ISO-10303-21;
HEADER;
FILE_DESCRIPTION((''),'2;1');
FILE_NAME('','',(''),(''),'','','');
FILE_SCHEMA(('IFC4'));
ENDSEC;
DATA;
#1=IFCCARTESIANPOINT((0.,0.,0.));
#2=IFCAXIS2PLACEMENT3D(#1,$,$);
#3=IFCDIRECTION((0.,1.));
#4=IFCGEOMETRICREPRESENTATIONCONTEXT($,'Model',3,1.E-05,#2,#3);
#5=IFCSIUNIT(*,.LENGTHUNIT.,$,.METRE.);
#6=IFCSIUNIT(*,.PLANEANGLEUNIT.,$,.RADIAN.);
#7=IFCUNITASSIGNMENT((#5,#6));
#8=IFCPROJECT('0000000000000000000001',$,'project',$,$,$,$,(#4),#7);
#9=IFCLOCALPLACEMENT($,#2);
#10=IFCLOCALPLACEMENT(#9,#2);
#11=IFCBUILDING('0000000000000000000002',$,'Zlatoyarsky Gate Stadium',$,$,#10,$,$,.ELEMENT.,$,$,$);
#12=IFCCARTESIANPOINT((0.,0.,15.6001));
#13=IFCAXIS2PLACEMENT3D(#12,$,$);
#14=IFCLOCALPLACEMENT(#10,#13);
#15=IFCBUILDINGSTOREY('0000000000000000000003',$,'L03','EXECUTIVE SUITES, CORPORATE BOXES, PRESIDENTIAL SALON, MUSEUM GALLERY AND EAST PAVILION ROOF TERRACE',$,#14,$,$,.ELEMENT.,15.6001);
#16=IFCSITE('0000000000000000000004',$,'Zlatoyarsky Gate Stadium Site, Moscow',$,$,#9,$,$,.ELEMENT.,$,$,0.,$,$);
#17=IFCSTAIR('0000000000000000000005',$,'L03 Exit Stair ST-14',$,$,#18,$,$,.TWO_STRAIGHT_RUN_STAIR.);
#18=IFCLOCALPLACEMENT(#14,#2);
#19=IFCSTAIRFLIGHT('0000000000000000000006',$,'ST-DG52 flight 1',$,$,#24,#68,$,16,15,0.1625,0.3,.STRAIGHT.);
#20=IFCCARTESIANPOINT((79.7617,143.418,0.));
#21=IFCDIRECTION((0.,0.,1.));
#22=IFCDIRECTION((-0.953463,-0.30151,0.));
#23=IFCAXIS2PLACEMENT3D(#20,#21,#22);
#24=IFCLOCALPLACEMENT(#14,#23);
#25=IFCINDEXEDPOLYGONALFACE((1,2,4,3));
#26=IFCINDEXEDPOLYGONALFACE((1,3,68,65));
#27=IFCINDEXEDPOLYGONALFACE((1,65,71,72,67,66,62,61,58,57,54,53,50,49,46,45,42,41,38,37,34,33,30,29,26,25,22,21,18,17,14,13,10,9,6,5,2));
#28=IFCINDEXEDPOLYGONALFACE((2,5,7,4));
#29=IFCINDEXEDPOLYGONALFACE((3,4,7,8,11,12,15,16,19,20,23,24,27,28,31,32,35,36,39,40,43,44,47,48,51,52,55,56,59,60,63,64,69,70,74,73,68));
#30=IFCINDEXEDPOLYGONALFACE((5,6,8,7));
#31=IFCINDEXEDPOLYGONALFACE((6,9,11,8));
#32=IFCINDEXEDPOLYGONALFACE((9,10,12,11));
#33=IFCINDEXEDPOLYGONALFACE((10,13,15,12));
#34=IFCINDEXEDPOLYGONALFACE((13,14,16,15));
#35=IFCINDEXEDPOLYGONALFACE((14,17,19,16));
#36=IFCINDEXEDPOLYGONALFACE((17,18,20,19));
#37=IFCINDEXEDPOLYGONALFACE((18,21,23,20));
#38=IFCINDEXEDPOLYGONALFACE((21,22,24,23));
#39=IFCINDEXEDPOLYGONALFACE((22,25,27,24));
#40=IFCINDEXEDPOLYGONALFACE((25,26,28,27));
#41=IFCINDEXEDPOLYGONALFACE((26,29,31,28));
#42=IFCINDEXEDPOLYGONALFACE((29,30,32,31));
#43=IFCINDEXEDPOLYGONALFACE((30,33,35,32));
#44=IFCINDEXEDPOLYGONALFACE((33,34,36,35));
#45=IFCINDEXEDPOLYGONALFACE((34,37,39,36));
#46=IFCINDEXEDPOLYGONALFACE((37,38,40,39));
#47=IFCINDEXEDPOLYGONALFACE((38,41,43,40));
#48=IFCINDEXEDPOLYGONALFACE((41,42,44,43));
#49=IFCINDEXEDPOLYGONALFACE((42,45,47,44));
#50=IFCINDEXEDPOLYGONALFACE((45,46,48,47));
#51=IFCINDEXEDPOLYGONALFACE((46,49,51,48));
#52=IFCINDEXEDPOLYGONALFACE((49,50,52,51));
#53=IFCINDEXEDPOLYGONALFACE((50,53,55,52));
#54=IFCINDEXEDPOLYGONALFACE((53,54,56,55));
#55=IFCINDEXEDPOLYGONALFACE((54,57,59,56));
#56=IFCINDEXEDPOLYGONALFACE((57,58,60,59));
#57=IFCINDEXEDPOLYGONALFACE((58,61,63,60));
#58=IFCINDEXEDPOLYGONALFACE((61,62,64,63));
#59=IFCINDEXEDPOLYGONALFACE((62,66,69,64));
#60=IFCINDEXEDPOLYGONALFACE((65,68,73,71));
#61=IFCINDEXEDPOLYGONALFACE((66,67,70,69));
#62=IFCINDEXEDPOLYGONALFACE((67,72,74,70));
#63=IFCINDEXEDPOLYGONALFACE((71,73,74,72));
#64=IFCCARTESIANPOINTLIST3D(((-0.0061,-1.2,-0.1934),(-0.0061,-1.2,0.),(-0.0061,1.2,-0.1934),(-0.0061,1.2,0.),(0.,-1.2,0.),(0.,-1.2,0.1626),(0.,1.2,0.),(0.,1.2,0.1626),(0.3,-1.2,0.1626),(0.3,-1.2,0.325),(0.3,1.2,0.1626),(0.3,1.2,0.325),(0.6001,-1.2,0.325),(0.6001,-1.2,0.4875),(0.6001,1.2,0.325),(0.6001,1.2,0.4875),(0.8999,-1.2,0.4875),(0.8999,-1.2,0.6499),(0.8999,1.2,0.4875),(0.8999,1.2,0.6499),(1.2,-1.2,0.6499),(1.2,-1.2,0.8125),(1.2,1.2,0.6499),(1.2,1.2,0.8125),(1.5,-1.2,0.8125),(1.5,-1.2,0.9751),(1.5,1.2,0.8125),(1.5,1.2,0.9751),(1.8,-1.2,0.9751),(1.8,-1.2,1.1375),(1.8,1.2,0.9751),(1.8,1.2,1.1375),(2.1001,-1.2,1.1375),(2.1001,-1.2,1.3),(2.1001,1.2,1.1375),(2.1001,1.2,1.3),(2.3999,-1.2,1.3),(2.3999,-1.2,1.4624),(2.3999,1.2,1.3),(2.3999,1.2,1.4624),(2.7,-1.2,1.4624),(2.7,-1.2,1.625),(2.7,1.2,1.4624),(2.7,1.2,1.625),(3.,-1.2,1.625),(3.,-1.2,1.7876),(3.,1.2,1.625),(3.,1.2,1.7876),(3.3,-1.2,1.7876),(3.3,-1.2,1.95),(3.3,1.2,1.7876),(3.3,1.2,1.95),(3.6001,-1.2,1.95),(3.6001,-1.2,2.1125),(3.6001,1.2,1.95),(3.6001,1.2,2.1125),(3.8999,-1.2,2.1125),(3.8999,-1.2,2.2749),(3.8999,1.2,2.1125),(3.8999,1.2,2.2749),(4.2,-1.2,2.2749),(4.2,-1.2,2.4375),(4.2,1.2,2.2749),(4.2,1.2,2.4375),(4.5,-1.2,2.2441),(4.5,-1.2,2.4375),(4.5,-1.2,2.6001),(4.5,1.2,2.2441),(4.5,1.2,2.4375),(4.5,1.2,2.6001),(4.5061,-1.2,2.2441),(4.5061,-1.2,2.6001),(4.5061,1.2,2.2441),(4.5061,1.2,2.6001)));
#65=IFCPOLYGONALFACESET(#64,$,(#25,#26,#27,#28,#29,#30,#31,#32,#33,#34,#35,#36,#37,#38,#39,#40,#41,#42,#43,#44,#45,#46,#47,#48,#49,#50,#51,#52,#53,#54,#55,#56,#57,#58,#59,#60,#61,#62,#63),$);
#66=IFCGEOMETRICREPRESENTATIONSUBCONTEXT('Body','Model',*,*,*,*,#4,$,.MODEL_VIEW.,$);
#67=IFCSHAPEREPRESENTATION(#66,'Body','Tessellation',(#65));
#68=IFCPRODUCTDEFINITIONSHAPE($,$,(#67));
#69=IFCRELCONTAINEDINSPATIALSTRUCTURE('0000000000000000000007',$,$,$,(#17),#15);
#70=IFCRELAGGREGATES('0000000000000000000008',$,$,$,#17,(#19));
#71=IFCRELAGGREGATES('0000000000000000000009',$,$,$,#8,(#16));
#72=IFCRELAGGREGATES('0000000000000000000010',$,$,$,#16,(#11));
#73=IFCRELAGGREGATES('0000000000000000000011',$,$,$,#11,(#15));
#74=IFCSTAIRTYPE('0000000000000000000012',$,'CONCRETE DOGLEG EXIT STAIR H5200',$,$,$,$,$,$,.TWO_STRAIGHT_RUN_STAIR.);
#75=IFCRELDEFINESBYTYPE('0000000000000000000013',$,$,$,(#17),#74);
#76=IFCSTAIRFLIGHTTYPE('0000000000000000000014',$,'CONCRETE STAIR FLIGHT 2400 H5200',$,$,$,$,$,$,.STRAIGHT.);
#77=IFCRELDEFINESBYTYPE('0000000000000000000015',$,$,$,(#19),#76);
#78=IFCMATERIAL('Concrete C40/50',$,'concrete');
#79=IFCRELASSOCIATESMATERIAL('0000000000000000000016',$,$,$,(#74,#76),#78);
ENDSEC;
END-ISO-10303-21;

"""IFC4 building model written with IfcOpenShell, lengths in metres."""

from ifc_helpers import new_model, si_unit, direction, frame, origin, place, context, subcontext, project, spatial, polyline, outline, extrude, material, type_object, element, aggregate, save


model = new_model("IFC4")

# Units and contexts
model_context = context("Model", 3, precision=1e-05, world=origin(), true_north=direction((0.0, 1.0)))
body_context = subcontext(model_context, "Body", "Model", "MODEL_VIEW")
ifc_project = project(units=[si_unit("LENGTHUNIT", "METRE"), si_unit("PLANEANGLEUNIT", "RADIAN")], contexts=[model_context])

# Site, building, storey
site_placement = place(None, origin())
site = spatial("IfcSite", under=ifc_project, at=site_placement, Name="Zlatoyarsky Gate Stadium Site, Moscow", CompositionType="ELEMENT", RefElevation=0.0)
building_placement = place(site_placement, origin())
building = spatial("IfcBuilding", under=site, at=building_placement, Name="Zlatoyarsky Gate Stadium", CompositionType="ELEMENT")
storey_placement = place(building_placement, frame((0.0, 0.0, 15.6001)))
storey = spatial("IfcBuildingStorey", under=building, at=storey_placement, Name="L03", Description="EXECUTIVE SUITES, CORPORATE BOXES, PRESIDENTIAL SALON, MUSEUM GALLERY AND EAST PAVILION ROOF TERRACE", CompositionType="ELEMENT", Elevation=15.6001)

# Shared definitions
ifc_material_1 = material(Name="Concrete C40/50", Category="concrete")

# Shared definitions
stair_type = type_object("IfcStairType", Name="CONCRETE DOGLEG EXIT STAIR H5200", PredefinedType="TWO_STRAIGHT_RUN_STAIR", material=ifc_material_1)
stair_flight_type = type_object("IfcStairFlightType", Name="CONCRETE STAIR FLIGHT 2400 H5200", PredefinedType="STRAIGHT", material=ifc_material_1)

# Stair, stair flight
stair_1_placement = place(storey_placement, origin())
stair_1 = element("IfcStair", 1, at=stair_1_placement, inside=storey, type_object=stair_type, Name="L03 Exit Stair ST-14", PredefinedType="TWO_STRAIGHT_RUN_STAIR")
stair_flight_1_placement = place(storey_placement, frame((79.7617, 143.418, 0.0), z_axis=(0.0, 0.0, 1.0), x_axis=(-0.953463, -0.30151, 0.0)))
stair_flight_1 = element("IfcStairFlight", 2, at=stair_flight_1_placement, type_object=stair_flight_type, Name="ST-DG52 flight 1", NumberOfRisers=16, NumberOfTreads=15, PredefinedType="STRAIGHT", RiserHeight=0.1625, TreadLength=0.3, context=body_context, shape_type="SweptSolid", body=[
    extrude(outline(polyline([(-0.0061, -0.1934), (-0.0061, 0.0), (0.0, 0.0), (0.0, 0.1626), (0.3, 0.1626), (0.3, 0.325), (0.6001, 0.325), (0.6001, 0.4875), (0.8999, 0.4875), (0.8999, 0.6499), (1.2, 0.6499), (1.2, 0.8125), (1.5, 0.8125), (1.5, 0.9751), (1.8, 0.9751), (1.8, 1.1375), (2.1001, 1.1375), (2.1001, 1.3), (2.3999, 1.3), (2.3999, 1.4624), (2.7, 1.4624), (2.7, 1.625), (3.0, 1.625), (3.0, 1.7876), (3.3, 1.7876), (3.3, 1.95), (3.6001, 1.95), (3.6001, 2.1125), (3.8999, 2.1125), (3.8999, 2.2749), (4.2, 2.2749), (4.2, 2.4375), (4.5, 2.4375), (4.5, 2.6001), (4.5061, 2.6001), (4.5061, 2.2441), (4.5, 2.2441), (-0.0061, -0.1934)])), frame((0.0, 1.2, 0.0), z_axis=(0.0, -1.0, 0.0), x_axis=(1.0, 0.0, 0.0)), (0.0, 0.0, 1.0), 2.3999),
])
aggregate(stair_1, [stair_flight_1])

save(model, "model.ifc")
